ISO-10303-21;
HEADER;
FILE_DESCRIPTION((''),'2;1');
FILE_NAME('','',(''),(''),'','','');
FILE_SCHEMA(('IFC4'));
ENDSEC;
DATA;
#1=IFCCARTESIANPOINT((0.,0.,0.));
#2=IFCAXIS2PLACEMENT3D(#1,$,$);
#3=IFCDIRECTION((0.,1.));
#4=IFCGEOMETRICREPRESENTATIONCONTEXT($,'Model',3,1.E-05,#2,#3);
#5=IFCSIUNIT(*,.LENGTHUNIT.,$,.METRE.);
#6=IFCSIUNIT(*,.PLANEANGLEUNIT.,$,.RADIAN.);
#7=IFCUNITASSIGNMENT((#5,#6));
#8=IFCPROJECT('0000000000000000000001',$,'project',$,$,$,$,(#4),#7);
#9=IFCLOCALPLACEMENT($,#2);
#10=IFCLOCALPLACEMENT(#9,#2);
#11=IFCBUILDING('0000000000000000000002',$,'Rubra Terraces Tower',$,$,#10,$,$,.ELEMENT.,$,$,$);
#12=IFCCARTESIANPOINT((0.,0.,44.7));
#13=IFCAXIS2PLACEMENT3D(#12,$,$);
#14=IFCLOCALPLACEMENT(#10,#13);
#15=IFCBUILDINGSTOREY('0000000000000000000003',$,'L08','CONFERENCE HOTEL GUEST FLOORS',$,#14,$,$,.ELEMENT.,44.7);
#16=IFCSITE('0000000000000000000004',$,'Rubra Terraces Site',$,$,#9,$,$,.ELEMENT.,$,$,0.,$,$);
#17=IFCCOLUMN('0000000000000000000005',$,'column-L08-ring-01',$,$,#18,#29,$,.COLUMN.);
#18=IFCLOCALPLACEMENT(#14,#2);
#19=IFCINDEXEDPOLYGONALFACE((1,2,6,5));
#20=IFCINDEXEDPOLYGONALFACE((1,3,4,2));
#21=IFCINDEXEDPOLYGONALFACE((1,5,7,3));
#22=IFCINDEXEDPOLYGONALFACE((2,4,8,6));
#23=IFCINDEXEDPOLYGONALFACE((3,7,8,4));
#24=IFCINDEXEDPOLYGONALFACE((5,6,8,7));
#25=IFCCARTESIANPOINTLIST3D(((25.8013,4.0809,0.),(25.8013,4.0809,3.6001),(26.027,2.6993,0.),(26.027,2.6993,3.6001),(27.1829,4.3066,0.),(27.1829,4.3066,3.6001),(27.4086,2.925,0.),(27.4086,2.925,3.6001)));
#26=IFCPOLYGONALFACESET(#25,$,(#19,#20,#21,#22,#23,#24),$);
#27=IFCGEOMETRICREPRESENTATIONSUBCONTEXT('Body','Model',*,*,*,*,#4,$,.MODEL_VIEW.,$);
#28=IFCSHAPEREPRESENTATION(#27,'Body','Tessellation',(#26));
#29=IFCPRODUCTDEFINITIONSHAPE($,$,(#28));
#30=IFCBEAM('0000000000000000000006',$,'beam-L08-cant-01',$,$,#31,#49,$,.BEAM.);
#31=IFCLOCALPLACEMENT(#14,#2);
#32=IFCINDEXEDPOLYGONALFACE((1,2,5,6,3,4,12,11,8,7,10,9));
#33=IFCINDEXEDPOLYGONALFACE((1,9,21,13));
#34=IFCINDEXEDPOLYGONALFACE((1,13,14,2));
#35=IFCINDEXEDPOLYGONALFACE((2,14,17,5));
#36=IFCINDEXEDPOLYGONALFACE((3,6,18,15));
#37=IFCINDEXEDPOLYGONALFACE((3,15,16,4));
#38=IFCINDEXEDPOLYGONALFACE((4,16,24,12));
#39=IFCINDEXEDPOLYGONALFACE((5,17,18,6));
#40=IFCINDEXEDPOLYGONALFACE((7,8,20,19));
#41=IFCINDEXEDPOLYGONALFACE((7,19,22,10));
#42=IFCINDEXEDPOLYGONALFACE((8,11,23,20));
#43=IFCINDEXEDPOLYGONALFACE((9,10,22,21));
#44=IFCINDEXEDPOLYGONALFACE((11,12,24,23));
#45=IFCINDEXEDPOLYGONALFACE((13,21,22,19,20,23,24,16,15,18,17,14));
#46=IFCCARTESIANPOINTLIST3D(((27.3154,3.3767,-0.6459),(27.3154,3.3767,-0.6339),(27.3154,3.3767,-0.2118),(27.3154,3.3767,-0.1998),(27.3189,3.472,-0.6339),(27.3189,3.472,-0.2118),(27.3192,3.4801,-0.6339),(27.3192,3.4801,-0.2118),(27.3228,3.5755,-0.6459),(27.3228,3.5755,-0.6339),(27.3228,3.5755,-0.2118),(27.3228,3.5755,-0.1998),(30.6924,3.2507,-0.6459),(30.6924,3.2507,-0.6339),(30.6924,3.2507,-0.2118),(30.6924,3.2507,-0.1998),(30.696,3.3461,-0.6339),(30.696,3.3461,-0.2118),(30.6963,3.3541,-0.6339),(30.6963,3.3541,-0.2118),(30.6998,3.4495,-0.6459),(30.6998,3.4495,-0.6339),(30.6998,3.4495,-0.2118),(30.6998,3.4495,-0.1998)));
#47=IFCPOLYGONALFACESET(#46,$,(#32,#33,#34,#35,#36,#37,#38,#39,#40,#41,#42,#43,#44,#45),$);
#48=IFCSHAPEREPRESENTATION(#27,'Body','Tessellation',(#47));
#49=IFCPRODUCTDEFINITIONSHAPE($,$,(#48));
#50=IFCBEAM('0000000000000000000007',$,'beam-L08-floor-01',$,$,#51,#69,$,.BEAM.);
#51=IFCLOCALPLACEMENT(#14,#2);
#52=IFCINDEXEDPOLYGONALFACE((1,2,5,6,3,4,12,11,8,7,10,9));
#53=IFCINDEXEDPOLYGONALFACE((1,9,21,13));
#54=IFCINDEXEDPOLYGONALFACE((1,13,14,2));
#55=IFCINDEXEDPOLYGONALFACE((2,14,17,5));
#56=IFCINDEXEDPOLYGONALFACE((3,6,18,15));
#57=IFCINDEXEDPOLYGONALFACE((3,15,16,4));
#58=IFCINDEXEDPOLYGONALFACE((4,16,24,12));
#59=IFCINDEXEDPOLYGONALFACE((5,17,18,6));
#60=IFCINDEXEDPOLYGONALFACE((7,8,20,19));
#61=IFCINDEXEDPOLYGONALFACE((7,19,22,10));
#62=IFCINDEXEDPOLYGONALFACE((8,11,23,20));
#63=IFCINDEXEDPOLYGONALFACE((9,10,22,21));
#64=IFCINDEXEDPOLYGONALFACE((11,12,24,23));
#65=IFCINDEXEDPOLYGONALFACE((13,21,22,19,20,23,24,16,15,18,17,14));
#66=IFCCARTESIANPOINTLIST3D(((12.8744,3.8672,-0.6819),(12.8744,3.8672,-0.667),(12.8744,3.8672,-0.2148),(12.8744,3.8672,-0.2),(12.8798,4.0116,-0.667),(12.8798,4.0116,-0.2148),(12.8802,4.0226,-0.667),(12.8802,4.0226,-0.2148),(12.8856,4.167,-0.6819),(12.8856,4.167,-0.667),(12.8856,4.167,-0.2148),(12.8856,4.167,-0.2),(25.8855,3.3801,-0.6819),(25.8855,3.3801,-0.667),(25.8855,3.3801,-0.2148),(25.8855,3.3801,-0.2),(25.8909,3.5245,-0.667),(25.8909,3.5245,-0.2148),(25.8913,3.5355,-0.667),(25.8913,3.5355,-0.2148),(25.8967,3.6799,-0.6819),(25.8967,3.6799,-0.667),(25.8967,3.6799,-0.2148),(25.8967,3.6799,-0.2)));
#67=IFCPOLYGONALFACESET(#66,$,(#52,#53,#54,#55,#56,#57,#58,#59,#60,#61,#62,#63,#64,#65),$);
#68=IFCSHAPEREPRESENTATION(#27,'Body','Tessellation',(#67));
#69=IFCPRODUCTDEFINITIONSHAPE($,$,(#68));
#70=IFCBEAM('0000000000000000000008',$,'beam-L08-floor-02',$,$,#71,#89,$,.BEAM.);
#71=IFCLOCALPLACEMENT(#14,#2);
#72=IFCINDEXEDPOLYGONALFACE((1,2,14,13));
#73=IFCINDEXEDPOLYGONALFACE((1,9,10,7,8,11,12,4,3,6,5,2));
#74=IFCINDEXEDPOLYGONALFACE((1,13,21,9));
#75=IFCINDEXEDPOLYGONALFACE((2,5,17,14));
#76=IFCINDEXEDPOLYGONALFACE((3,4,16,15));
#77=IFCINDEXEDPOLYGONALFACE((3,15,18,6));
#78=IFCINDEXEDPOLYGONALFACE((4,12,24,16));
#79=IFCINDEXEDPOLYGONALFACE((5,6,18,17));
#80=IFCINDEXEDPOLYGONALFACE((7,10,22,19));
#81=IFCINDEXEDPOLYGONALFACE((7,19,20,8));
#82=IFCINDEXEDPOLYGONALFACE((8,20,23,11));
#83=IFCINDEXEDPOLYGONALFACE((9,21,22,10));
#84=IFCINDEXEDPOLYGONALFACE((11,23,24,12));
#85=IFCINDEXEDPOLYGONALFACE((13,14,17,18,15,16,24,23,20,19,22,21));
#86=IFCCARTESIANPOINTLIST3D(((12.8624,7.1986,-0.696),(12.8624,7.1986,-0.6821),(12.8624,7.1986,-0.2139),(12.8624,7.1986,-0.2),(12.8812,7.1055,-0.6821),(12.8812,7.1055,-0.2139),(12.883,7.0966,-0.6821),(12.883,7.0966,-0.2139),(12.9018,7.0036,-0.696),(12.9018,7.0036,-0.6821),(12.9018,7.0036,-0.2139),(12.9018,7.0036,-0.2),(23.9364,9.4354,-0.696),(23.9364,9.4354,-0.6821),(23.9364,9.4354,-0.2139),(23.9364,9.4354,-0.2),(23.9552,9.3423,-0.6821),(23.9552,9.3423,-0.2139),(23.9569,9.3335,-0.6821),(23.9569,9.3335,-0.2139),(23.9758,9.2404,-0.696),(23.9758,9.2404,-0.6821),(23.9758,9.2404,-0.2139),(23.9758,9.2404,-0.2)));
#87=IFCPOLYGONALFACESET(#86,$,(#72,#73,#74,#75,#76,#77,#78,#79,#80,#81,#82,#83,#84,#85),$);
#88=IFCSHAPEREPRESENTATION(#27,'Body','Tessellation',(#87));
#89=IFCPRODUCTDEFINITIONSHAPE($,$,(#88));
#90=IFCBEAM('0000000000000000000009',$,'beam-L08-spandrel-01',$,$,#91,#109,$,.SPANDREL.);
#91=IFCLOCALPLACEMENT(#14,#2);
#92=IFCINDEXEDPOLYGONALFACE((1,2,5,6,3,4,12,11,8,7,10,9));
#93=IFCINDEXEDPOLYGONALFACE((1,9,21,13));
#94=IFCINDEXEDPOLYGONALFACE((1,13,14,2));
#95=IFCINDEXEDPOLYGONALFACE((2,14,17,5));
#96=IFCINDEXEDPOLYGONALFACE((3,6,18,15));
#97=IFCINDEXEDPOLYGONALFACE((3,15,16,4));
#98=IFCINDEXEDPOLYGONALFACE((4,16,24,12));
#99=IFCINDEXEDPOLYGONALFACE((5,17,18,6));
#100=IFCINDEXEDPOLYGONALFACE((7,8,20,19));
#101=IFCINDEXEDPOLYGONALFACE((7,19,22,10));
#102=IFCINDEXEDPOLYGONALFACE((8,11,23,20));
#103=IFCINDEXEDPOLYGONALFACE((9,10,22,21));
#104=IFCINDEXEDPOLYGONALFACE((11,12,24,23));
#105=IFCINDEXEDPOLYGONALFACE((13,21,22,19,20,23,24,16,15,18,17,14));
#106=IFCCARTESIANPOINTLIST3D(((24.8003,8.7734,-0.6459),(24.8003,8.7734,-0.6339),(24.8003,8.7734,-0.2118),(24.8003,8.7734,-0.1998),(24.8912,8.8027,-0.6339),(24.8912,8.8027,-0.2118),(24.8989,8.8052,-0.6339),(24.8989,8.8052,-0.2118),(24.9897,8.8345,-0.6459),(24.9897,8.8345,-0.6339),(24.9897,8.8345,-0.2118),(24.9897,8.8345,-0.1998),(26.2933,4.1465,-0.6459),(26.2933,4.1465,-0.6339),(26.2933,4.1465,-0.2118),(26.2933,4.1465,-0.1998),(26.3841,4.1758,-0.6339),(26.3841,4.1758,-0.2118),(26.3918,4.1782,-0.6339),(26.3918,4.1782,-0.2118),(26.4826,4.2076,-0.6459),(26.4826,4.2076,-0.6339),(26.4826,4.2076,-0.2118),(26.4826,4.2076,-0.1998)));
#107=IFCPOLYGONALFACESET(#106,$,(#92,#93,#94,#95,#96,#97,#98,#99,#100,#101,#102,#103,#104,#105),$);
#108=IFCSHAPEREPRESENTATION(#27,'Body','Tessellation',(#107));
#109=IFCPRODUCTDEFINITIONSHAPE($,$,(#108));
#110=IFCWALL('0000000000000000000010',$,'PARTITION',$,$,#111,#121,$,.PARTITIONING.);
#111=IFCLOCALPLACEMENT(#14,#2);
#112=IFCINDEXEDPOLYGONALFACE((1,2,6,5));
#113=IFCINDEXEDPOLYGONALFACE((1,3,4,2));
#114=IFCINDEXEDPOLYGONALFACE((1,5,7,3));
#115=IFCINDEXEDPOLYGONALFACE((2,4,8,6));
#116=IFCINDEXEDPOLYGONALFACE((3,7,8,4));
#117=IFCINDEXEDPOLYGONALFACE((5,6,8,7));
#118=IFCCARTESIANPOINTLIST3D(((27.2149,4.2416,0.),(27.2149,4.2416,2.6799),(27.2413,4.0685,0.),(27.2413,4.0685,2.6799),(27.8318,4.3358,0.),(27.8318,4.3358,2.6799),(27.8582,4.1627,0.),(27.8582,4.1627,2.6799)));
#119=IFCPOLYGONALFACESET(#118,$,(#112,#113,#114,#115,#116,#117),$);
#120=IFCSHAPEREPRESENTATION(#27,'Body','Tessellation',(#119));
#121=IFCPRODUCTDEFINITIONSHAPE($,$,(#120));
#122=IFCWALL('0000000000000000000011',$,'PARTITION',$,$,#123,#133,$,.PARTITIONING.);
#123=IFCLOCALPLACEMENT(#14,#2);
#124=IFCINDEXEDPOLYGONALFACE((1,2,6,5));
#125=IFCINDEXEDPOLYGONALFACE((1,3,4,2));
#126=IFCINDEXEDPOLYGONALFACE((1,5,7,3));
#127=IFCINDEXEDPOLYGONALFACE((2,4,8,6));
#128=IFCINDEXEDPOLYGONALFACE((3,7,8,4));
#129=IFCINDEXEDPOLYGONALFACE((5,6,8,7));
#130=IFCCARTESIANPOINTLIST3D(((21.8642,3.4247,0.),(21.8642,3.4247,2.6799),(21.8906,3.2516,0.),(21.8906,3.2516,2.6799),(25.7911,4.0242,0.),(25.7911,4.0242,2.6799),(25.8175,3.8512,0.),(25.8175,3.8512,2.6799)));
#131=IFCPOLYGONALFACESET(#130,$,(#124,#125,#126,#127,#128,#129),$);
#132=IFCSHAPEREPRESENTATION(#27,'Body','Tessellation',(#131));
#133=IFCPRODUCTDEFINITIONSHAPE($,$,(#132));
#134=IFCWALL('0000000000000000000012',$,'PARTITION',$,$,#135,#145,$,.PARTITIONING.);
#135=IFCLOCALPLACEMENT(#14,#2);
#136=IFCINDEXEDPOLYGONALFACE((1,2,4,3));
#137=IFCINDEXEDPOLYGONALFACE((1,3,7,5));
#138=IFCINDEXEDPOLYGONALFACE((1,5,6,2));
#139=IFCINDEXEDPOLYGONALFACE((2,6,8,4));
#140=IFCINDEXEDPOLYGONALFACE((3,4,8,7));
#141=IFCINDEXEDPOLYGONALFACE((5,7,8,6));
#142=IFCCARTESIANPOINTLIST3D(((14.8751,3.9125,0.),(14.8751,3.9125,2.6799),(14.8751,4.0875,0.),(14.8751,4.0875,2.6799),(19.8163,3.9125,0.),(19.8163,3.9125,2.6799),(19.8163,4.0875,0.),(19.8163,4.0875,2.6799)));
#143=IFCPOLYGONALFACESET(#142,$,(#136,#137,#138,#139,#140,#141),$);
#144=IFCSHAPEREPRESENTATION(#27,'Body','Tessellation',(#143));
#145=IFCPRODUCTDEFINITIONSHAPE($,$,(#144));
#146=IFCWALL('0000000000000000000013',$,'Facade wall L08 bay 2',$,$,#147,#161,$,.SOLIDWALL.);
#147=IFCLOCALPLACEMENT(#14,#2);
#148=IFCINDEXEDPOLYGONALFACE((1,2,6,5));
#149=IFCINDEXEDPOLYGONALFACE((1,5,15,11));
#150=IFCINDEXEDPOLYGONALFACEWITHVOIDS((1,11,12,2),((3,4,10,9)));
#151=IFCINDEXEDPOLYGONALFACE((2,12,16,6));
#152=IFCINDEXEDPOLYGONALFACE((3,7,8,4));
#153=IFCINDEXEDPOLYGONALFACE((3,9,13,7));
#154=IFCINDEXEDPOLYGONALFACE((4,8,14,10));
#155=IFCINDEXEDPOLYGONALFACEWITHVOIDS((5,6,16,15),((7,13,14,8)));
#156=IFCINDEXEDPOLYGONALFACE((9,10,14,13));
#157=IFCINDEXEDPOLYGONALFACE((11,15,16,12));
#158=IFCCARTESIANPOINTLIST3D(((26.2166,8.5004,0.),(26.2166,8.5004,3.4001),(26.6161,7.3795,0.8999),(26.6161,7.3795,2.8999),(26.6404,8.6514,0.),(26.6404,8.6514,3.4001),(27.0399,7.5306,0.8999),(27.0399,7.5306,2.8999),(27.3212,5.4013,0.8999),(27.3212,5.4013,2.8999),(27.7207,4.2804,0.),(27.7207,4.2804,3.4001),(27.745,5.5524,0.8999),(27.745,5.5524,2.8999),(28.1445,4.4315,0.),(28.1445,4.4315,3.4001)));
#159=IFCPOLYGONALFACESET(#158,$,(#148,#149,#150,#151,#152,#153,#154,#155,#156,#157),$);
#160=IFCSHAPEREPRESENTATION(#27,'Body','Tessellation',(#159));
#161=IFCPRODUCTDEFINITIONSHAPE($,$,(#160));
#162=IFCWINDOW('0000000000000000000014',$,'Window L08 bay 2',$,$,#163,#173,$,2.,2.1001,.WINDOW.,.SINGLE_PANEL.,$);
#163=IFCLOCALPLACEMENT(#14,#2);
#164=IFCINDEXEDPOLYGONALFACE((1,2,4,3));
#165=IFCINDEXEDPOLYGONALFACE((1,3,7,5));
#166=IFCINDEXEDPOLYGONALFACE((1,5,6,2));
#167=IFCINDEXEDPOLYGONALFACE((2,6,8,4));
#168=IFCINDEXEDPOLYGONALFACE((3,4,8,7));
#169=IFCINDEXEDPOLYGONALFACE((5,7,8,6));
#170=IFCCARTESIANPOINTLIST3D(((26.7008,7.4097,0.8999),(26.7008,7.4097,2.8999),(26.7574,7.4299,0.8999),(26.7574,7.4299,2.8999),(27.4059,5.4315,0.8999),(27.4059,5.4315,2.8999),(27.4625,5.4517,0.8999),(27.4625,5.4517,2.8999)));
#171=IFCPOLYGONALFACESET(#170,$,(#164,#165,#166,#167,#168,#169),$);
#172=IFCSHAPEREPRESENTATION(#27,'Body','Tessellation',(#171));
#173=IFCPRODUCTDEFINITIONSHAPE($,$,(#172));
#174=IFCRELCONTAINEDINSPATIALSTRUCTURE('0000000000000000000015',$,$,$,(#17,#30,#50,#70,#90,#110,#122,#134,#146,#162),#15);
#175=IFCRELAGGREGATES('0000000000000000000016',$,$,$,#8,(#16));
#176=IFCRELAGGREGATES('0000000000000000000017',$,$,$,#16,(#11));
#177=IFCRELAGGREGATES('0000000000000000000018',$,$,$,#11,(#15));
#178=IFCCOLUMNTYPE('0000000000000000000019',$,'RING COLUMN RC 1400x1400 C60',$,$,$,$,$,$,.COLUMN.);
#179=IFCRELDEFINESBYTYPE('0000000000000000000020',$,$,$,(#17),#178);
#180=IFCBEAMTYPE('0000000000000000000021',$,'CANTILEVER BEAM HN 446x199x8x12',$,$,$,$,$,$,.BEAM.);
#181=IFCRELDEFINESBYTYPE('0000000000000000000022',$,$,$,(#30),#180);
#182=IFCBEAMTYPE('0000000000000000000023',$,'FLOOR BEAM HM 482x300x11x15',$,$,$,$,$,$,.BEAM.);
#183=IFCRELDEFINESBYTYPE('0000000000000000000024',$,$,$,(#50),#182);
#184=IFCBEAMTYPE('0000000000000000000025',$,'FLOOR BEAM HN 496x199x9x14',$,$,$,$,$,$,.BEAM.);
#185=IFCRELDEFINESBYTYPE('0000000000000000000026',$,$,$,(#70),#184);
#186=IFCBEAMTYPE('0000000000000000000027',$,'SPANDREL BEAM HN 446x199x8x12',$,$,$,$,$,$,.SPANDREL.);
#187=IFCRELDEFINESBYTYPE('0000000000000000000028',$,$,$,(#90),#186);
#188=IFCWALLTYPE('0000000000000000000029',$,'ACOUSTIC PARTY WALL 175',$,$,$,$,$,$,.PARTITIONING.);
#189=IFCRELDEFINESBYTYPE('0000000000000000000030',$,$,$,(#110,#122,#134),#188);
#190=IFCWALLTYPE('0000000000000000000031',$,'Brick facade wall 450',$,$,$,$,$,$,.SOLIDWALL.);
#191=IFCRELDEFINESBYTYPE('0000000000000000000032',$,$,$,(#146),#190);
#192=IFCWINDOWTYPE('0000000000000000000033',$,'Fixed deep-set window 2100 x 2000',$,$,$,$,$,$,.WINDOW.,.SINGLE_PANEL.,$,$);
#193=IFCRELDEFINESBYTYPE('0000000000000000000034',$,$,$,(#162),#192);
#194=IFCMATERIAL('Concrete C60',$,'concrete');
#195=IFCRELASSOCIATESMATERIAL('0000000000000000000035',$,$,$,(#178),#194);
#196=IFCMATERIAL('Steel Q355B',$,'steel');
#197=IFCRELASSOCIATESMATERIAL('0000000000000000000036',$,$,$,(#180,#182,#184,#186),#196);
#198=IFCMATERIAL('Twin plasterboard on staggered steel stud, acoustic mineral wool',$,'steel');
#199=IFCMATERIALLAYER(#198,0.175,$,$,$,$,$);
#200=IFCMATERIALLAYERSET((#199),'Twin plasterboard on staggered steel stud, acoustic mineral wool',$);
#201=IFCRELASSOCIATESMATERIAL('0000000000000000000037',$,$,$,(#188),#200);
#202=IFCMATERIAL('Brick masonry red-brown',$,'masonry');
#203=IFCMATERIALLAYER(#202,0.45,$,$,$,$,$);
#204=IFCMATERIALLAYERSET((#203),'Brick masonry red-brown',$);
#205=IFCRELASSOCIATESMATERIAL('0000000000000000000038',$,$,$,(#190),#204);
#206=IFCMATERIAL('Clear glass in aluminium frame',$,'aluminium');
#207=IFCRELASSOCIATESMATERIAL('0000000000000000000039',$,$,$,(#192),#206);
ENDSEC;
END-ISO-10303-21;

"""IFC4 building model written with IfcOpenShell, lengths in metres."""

from ifc_helpers import new_model, si_unit, direction, frame, frame_2d, origin, origin_2d, place, context, subcontext, project, spatial, rectangle, i_section, extrude, material, layer, layer_set, material_profile, profile_set, type_object, element, fill, save


model = new_model("IFC4")

# Units and contexts
model_context = context("Model", 3, precision=1e-05, world=origin(), true_north=direction((0.0, 1.0)))
body_context = subcontext(model_context, "Body", "Model", "MODEL_VIEW")
ifc_project = project(units=[si_unit("LENGTHUNIT", "METRE"), si_unit("PLANEANGLEUNIT", "RADIAN")], contexts=[model_context])

# Site, building, storey
site_placement = place(None, origin())
site = spatial("IfcSite", under=ifc_project, at=site_placement, Name="Rubra Terraces Site", CompositionType="ELEMENT", RefElevation=0.0)
building_placement = place(site_placement, origin())
building = spatial("IfcBuilding", under=site, at=building_placement, Name="Rubra Terraces Tower", CompositionType="ELEMENT")
storey_placement = place(building_placement, frame((0.0, 0.0, 44.7)))
storey = spatial("IfcBuildingStorey", under=building, at=storey_placement, Name="L08", Description="CONFERENCE HOTEL GUEST FLOORS", CompositionType="ELEMENT", Elevation=44.7)

# Column
ifc_material_1 = material(Name="Concrete C60", Category="concrete")
ifc_material_profile_1 = material_profile(ifc_material_1, rectangle(XDim=1.3999, YDim=1.3999, at=origin_2d()), Name="RC 1400x1400")
ifc_profile_set_1 = profile_set([ifc_material_profile_1], Name="Concrete C60")
column_type = type_object("IfcColumnType", Name="RING COLUMN RC 1400x1400 C60", PredefinedType="COLUMN", material=ifc_profile_set_1)
column_placement = place(storey_placement, frame((26.605, 3.5029, 0.0), z_axis=(0.0, 0.0, 1.0), x_axis=(-0.161234, 0.986916, 0.0)))
element("IfcColumn", 1, at=column_placement, inside=storey, type_object=column_type, Name="column-L08-ring-01", PredefinedType="COLUMN", context=body_context, shape_type="SweptSolid", body=[
    extrude(rectangle(XDim=1.3999, YDim=1.3999, at=origin_2d()), origin(), (0.0, 0.0, 1.0), 3.6001),
])

# Beams
ifc_material_2 = material(Name="Steel Q355B", Category="steel")
ifc_material_profile_2 = material_profile(ifc_material_2, i_section(OverallWidth=0.199, OverallDepth=0.446, WebThickness=0.0081, FlangeThickness=0.012, at=origin_2d()), Name="HN 446x199x8x12")
ifc_profile_set_2 = profile_set([ifc_material_profile_2], Name="Steel Q355B")
beam_type_1 = type_object("IfcBeamType", Name="CANTILEVER BEAM HN 446x199x8x12", PredefinedType="BEAM", material=ifc_profile_set_2)
beam_1_placement = place(storey_placement, frame((27.3191, 3.4761, -0.4229), z_axis=(0.999305, -0.037279, 0.0), x_axis=(0.037279, 0.999305, 0.0)))
element("IfcBeam", 2, at=beam_1_placement, inside=storey, type_object=beam_type_1, Name="beam-L08-cant-01", PredefinedType="BEAM", context=body_context, shape_type="SweptSolid", body=[
    extrude(i_section(OverallWidth=0.199, OverallDepth=0.446, WebThickness=0.0081, FlangeThickness=0.012, at=origin_2d()), origin(), (0.0, 0.0, 1.0), 3.3794),
])
ifc_material_profile_3 = material_profile(ifc_material_2, i_section(OverallWidth=0.3, OverallDepth=0.4819, WebThickness=0.011, FlangeThickness=0.0149, at=origin_2d()), Name="HM 482x300x11x15")
ifc_profile_set_3 = profile_set([ifc_material_profile_3], Name="Steel Q355B")
beam_type_2 = type_object("IfcBeamType", Name="FLOOR BEAM HM 482x300x11x15", PredefinedType="BEAM", material=ifc_profile_set_3)
beam_2_placement = place(storey_placement, frame((25.8911, 3.53, -0.4409), z_axis=(-0.9993, 0.037408, 0.0), x_axis=(-0.037408, -0.9993, 0.0)))
element("IfcBeam", 3, at=beam_2_placement, inside=storey, type_object=beam_type_2, Name="beam-L08-floor-01", PredefinedType="BEAM", context=body_context, shape_type="SweptSolid", body=[
    extrude(i_section(OverallWidth=0.3, OverallDepth=0.4819, WebThickness=0.011, FlangeThickness=0.0149, at=origin_2d()), origin(), (0.0, 0.0, 1.0), 13.0203),
])
ifc_material_profile_4 = material_profile(ifc_material_2, i_section(OverallWidth=0.199, OverallDepth=0.4961, WebThickness=0.009, FlangeThickness=0.0139, at=origin_2d()), Name="HN 496x199x9x14")
ifc_profile_set_4 = profile_set([ifc_material_profile_4], Name="Steel Q355B")
beam_type_3 = type_object("IfcBeamType", Name="FLOOR BEAM HN 496x199x9x14", PredefinedType="BEAM", material=ifc_profile_set_4)
beam_3_placement = place(storey_placement, frame((23.9561, 9.3379, -0.448), z_axis=(-0.980204, -0.19799, 0.0), x_axis=(0.19799, -0.980204, 0.0)))
element("IfcBeam", 4, at=beam_3_placement, inside=storey, type_object=beam_type_3, Name="beam-L08-floor-02", PredefinedType="BEAM", context=body_context, shape_type="SweptSolid", body=[
    extrude(i_section(OverallWidth=0.199, OverallDepth=0.4961, WebThickness=0.009, FlangeThickness=0.0139, at=origin_2d()), origin(), (0.0, 0.0, 1.0), 11.2976),
])
ifc_material_profile_5 = material_profile(ifc_material_2, i_section(OverallWidth=0.199, OverallDepth=0.446, WebThickness=0.0081, FlangeThickness=0.012, at=origin_2d()), Name="HN 446x199x8x12")
ifc_profile_set_5 = profile_set([ifc_material_profile_5], Name="Steel Q355B")
beam_type_4 = type_object("IfcBeamType", Name="SPANDREL BEAM HN 446x199x8x12", PredefinedType="SPANDREL", material=ifc_profile_set_5)
beam_4_placement = place(storey_placement, frame((26.3879, 4.177, -0.4229), z_axis=(-0.307069, 0.951687, 0.0), x_axis=(-0.951687, -0.307069, 0.0)))
element("IfcBeam", 5, at=beam_4_placement, inside=storey, type_object=beam_type_4, Name="beam-L08-spandrel-01", PredefinedType="SPANDREL", context=body_context, shape_type="SweptSolid", body=[
    extrude(i_section(OverallWidth=0.199, OverallDepth=0.446, WebThickness=0.0081, FlangeThickness=0.012, at=origin_2d()), origin(), (0.0, 0.0, 1.0), 4.8618),
])

# Walls
ifc_material_3 = material(Name="Twin plasterboard on staggered steel stud, acoustic mineral wool", Category="steel")
ifc_layer_1 = layer(ifc_material_3, 0.175)
ifc_layer_set_1 = layer_set([ifc_layer_1], Name="Twin plasterboard on staggered steel stud, acoustic mineral wool")
wall_type_1 = type_object("IfcWallType", Name="ACOUSTIC PARTY WALL 175", PredefinedType="PARTITIONING", material=ifc_layer_set_1)
wall_1_placement = place(storey_placement, frame((27.845, 4.2493, 0.0), z_axis=(0.0, 0.0, 1.0), x_axis=(-0.988534, -0.150999, 0.0)))
element("IfcWall", 6, at=wall_1_placement, inside=storey, type_object=wall_type_1, Name="PARTITION", PredefinedType="PARTITIONING", context=body_context, shape_type="SweptSolid", body=[
    extrude(rectangle(XDim=0.624, YDim=0.175, at=frame_2d((0.312, 0.0))), origin(), (0.0, 0.0, 1.0), 2.6799),
])
wall_2_placement = place(storey_placement, frame((25.8044, 3.9377, 0.0), z_axis=(0.0, 0.0, 1.0), x_axis=(-0.988543, -0.150939, 0.0)))
element("IfcWall", 7, at=wall_2_placement, inside=storey, type_object=wall_type_1, Name="PARTITION", PredefinedType="PARTITIONING", context=body_context, shape_type="SweptSolid", body=[
    extrude(rectangle(XDim=3.9724, YDim=0.175, at=frame_2d((1.9863, 0.0))), origin(), (0.0, 0.0, 1.0), 2.6799),
])
wall_3_placement = place(storey_placement, frame((14.875, 4.0, 0.0), z_axis=(0.0, 0.0, 1.0), x_axis=(1.0, 0.0, 0.0)))
element("IfcWall", 8, at=wall_3_placement, inside=storey, type_object=wall_type_1, Name="PARTITION", PredefinedType="PARTITIONING", context=body_context, shape_type="SweptSolid", body=[
    extrude(rectangle(XDim=4.9412, YDim=0.175, at=frame_2d((2.4707, 0.0))), origin(), (0.0, 0.0, 1.0), 2.6799),
])

# Wall, opening, window
ifc_material_4 = material(Name="Brick masonry red-brown", Category="masonry")
ifc_layer_2 = layer(ifc_material_4, 0.45)
ifc_layer_set_2 = layer_set([ifc_layer_2], Name="Brick masonry red-brown")
wall_type_2 = type_object("IfcWallType", Name="Brick facade wall 450", PredefinedType="SOLIDWALL", material=ifc_layer_set_2)
wall_4_placement = place(storey_placement, frame((27.9326, 4.356, 0.0), z_axis=(0.0, 0.0, 1.0), x_axis=(-0.335746, 0.941953, 0.0)))
wall_4 = element("IfcWall", 9, at=wall_4_placement, inside=storey, type_object=wall_type_2, Name="Facade wall L08 bay 2", PredefinedType="SOLIDWALL", context=body_context, shape_type="SweptSolid", body=[
    extrude(rectangle(XDim=4.48, YDim=0.45, at=frame_2d((2.24, 0.0))), origin(), (0.0, 0.0, 1.0), 3.4001),
])
opening_1_placement = place(wall_4_placement, frame((1.1899, 0.0, 0.8999)))
opening_1 = element("IfcOpeningElement", 10, at=opening_1_placement, cuts=wall_4, PredefinedType="OPENING", context=body_context, shape_type="SweptSolid", body=[
    extrude(rectangle(XDim=2.1001, YDim=2.0, at=frame_2d((1.05, 1.0))), frame((0.0, 0.2349, 0.0), z_axis=(0.0, -1.0, 0.0), x_axis=(1.0, 0.0, 0.0)), (0.0, 0.0, 1.0), 0.47),
])
ifc_material_5 = material(Name="Clear glass in aluminium frame", Category="aluminium")
window_type = type_object("IfcWindowType", Name="Fixed deep-set window 2100 x 2000", PartitioningType="SINGLE_PANEL", PredefinedType="WINDOW", material=ifc_material_5)
window_1_placement = place(opening_1_placement, origin())
window_1 = element("IfcWindow", 11, at=window_1_placement, inside=storey, type_object=window_type, Name="Window L08 bay 2", OverallHeight=2.0, OverallWidth=2.1001, PartitioningType="SINGLE_PANEL", PredefinedType="WINDOW", context=body_context, shape_type="SweptSolid", body=[
    extrude(rectangle(XDim=2.1001, YDim=2.0, at=frame_2d((1.05, 1.0))), frame((0.0, 0.135, 0.0), z_axis=(0.0, -1.0, 0.0), x_axis=(1.0, 0.0, 0.0)), (0.0, 0.0, 1.0), 0.0601),
])
fill(opening_1, window_1)

save(model, "model.ifc")
